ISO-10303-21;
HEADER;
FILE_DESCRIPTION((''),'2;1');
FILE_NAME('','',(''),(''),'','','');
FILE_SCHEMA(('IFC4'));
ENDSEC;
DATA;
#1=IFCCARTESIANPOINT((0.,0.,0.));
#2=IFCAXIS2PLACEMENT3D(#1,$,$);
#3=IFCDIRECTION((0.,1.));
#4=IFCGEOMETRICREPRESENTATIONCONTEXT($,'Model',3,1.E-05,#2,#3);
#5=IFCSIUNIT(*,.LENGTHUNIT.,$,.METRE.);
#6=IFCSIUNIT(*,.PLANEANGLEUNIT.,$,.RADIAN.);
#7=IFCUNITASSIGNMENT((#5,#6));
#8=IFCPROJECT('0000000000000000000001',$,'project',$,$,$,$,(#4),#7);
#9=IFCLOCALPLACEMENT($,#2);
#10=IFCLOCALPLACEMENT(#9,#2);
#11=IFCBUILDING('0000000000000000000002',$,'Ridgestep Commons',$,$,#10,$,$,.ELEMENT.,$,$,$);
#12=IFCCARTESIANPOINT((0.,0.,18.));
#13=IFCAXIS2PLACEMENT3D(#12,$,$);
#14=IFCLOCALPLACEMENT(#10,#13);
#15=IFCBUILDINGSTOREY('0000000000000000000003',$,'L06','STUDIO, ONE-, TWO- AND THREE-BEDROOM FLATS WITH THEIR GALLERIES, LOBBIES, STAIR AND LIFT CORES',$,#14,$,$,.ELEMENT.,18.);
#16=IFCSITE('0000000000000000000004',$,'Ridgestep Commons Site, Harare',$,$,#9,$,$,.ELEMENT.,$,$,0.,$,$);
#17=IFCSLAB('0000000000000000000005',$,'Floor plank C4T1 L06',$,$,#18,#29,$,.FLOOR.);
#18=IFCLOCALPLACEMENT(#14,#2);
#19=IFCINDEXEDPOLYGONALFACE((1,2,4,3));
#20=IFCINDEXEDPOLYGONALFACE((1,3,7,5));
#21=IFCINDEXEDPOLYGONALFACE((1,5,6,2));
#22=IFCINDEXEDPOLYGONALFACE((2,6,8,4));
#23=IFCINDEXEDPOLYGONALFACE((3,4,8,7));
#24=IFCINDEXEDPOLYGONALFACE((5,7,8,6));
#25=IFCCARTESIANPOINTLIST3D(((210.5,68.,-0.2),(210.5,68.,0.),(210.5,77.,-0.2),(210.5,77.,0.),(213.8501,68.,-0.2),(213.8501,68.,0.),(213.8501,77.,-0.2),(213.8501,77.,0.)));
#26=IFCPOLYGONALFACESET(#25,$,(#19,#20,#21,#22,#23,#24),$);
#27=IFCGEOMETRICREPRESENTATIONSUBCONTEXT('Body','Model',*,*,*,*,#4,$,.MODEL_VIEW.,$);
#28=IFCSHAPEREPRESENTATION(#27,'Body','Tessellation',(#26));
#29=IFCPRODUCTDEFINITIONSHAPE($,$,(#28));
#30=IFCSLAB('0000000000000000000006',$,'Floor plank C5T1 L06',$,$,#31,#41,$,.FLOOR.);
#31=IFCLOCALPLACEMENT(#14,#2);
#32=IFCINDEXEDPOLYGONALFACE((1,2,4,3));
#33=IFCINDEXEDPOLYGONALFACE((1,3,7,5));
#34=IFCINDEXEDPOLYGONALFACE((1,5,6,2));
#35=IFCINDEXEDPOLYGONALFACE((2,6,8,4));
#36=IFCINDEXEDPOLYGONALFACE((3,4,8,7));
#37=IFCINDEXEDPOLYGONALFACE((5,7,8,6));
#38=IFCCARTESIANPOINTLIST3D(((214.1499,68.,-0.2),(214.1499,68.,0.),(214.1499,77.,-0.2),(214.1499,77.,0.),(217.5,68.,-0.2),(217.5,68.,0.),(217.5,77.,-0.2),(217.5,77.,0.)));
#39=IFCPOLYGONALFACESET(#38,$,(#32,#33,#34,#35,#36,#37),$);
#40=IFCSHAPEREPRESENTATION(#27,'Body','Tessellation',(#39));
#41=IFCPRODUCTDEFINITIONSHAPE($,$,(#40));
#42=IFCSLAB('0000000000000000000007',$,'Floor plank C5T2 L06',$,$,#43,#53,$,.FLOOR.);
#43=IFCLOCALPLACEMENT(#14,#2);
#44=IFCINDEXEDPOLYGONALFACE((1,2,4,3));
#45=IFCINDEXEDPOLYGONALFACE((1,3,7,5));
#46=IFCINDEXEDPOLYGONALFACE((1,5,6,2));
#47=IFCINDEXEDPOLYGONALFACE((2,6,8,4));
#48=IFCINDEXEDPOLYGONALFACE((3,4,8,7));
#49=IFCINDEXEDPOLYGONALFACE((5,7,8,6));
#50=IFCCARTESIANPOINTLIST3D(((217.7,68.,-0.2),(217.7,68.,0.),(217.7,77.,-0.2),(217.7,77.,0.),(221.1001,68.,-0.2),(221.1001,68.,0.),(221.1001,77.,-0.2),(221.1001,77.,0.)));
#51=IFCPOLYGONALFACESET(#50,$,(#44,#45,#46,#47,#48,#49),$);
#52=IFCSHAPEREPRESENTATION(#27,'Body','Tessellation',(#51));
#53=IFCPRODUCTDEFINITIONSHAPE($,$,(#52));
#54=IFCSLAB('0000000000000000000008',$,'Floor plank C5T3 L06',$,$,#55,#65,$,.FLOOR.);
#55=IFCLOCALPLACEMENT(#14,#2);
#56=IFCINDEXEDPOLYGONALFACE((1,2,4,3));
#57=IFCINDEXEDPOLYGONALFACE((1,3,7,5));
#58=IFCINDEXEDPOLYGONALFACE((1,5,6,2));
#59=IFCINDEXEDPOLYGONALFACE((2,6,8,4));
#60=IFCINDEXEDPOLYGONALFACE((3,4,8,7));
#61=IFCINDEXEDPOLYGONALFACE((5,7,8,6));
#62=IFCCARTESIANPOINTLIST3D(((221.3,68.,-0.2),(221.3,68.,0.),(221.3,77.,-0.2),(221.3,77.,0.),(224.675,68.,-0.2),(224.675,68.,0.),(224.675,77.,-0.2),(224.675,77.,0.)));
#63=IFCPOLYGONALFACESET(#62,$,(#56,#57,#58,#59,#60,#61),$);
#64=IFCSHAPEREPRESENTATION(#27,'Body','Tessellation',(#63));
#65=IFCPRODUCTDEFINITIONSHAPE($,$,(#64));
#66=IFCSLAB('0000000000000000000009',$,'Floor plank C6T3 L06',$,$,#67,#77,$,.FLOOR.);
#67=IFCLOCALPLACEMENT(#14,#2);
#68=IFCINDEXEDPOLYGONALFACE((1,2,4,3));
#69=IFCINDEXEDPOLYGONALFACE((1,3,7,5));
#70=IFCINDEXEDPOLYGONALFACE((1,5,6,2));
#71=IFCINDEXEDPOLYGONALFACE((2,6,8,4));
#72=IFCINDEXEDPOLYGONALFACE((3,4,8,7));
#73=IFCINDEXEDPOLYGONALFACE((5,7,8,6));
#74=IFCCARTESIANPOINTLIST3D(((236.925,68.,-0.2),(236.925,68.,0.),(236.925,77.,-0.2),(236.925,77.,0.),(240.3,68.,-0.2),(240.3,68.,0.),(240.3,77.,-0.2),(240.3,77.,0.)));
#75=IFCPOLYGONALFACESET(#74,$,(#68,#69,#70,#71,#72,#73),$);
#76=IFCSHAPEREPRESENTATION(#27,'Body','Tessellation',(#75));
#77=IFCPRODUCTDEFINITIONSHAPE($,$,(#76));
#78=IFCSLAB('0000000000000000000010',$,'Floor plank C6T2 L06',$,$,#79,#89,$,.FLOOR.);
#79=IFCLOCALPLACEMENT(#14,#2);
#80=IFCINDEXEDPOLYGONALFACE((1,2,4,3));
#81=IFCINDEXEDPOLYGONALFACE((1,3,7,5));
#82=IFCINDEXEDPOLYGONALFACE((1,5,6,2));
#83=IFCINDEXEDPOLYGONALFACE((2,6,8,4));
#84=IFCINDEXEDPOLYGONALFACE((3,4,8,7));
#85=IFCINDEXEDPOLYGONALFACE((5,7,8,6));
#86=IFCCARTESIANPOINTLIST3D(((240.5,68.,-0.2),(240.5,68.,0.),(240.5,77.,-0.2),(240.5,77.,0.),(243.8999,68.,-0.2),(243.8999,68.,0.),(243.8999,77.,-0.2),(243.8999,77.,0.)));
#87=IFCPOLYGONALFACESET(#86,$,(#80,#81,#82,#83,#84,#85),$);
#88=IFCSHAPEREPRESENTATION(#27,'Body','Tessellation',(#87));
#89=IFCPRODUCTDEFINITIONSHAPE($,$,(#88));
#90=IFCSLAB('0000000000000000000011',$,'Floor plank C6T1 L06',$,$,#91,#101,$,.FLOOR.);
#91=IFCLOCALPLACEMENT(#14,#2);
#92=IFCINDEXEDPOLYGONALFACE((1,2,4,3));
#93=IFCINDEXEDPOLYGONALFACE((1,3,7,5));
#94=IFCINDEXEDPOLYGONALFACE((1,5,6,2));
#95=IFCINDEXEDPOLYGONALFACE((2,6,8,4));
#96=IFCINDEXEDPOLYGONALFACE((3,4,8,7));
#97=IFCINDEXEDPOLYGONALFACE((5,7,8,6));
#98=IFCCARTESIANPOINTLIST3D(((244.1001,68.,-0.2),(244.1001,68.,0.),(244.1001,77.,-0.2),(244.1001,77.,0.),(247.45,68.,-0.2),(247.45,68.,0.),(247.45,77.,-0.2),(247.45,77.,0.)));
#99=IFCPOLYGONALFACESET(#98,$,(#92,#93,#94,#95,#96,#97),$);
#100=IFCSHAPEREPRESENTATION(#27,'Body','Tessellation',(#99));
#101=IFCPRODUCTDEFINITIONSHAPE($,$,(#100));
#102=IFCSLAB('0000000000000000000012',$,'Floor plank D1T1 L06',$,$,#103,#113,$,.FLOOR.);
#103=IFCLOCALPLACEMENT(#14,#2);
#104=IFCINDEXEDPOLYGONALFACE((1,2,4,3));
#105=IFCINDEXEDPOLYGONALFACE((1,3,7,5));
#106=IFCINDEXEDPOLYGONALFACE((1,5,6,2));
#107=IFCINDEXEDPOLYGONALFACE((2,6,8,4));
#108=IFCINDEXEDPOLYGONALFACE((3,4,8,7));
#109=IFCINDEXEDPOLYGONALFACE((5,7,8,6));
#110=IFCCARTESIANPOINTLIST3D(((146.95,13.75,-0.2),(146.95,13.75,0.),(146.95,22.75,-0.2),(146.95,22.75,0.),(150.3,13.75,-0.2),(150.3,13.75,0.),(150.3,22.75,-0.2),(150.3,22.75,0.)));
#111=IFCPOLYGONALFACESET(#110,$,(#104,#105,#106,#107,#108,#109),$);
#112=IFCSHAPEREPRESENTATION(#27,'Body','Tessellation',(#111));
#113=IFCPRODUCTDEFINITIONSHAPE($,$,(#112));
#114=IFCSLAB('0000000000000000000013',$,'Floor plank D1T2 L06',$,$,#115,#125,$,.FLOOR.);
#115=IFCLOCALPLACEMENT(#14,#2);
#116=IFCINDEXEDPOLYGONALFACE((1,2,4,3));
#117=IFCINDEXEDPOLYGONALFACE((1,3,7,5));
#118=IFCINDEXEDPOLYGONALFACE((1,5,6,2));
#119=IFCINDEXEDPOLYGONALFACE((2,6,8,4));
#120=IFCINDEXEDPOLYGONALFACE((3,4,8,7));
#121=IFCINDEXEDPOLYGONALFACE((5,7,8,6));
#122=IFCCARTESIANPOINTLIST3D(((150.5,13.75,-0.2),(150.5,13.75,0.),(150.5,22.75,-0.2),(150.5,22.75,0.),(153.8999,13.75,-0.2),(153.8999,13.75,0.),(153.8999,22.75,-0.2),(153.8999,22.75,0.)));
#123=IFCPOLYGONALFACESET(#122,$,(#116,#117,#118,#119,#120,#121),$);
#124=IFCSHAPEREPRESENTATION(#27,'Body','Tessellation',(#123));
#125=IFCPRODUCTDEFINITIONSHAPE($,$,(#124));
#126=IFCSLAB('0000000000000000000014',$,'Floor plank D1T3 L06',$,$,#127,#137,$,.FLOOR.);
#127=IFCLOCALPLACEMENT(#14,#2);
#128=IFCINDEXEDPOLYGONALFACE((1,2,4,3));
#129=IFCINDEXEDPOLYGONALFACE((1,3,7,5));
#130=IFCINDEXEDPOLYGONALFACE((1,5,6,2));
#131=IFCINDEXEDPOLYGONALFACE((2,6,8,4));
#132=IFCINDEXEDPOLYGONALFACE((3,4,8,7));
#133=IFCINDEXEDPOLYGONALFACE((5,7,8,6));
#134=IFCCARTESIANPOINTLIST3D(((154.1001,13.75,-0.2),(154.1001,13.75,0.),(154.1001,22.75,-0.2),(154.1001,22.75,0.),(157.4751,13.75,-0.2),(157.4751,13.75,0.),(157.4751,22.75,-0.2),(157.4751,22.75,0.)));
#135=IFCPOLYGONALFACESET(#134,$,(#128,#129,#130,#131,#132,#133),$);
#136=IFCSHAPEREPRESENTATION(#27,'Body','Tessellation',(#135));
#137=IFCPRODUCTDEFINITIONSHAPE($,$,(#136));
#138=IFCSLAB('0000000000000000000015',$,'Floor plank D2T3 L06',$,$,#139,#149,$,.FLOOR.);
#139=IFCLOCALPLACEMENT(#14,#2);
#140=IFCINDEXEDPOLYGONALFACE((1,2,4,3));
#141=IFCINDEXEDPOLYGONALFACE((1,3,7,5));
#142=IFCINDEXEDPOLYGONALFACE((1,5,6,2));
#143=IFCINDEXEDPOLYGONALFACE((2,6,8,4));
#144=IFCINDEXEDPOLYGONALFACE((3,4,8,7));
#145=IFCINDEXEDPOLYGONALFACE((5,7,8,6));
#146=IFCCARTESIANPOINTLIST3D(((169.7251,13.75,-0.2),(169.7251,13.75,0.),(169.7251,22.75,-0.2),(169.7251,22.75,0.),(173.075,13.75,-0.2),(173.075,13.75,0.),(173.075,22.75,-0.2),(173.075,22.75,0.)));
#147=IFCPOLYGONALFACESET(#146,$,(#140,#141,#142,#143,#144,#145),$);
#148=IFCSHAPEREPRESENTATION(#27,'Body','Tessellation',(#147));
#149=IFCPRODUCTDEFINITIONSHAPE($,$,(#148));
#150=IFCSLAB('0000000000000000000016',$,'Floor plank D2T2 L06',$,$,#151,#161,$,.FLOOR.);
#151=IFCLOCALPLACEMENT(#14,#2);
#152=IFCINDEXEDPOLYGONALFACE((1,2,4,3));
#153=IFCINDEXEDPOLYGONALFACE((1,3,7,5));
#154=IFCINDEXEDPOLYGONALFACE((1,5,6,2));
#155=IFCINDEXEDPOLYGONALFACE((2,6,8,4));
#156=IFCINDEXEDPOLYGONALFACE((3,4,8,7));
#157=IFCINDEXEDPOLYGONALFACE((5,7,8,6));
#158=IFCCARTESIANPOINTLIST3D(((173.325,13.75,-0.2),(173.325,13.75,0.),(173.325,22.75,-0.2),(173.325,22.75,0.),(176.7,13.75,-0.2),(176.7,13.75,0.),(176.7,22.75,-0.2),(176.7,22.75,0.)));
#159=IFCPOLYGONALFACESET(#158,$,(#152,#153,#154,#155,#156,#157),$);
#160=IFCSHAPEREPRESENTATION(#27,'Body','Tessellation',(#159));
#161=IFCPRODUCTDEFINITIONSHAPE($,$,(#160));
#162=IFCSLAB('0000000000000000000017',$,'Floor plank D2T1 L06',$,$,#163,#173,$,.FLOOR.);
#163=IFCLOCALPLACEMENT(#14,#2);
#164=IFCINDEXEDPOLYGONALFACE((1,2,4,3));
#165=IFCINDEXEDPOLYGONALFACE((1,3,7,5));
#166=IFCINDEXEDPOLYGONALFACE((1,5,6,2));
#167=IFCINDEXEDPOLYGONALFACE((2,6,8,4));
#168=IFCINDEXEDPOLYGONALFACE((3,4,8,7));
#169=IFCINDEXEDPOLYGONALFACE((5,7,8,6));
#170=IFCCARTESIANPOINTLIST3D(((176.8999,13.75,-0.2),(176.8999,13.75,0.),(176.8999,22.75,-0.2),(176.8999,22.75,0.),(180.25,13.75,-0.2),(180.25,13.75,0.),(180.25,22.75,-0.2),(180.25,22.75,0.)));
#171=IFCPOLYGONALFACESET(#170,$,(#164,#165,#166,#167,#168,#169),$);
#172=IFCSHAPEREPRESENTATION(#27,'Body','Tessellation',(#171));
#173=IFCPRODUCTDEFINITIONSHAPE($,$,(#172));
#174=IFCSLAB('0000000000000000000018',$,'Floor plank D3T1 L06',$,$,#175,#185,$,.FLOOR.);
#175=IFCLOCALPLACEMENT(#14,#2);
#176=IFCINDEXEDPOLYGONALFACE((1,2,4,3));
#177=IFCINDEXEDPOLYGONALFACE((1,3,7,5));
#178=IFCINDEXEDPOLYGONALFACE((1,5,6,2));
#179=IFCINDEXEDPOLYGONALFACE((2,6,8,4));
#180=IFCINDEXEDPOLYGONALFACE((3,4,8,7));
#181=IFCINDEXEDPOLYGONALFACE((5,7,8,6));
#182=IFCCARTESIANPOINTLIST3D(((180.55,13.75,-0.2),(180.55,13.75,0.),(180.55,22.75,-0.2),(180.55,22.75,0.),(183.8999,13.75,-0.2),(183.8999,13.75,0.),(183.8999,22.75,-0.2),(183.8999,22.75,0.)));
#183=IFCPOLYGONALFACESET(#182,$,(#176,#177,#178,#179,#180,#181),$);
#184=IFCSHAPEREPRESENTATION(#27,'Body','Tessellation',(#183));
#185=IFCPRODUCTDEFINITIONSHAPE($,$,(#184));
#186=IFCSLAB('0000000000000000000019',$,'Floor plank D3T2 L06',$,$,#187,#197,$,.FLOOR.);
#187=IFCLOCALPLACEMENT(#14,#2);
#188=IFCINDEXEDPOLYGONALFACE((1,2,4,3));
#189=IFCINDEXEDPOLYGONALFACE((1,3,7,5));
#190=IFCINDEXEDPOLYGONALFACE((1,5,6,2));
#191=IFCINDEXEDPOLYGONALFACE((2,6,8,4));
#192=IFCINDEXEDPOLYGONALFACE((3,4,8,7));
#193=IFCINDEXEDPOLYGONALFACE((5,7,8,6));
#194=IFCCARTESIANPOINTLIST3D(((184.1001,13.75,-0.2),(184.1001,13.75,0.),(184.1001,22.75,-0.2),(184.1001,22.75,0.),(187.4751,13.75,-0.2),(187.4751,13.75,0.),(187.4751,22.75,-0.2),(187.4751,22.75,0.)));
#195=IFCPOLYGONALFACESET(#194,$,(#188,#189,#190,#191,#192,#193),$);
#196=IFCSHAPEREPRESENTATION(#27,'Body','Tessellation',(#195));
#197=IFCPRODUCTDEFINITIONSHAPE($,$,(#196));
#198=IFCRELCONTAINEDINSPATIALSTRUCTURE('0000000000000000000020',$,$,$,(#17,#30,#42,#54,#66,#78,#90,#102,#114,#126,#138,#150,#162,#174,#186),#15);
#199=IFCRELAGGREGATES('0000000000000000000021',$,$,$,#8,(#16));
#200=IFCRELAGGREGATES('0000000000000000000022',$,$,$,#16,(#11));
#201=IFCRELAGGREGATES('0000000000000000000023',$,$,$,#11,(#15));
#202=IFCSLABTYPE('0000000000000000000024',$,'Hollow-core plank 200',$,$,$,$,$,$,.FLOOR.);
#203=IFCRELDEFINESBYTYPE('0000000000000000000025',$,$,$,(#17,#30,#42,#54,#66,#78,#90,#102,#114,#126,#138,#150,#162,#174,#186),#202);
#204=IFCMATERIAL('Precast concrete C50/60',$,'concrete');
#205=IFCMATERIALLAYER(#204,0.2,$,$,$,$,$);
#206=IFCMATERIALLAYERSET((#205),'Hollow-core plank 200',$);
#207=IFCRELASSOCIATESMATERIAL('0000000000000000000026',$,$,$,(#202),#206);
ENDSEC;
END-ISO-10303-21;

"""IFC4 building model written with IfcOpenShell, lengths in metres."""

from ifc_helpers import new_model, si_unit, direction, frame, origin, place, context, subcontext, project, spatial, polyline, outline, extrude, material, layer, layer_set, type_object, element, save


model = new_model("IFC4")

# Units and contexts
model_context = context("Model", 3, precision=1e-05, world=origin(), true_north=direction((0.0, 1.0)))
body_context = subcontext(model_context, "Body", "Model", "MODEL_VIEW")
ifc_project = project(units=[si_unit("LENGTHUNIT", "METRE"), si_unit("PLANEANGLEUNIT", "RADIAN")], contexts=[model_context])

# Site, building, storey
site_placement = place(None, origin())
site = spatial("IfcSite", under=ifc_project, at=site_placement, Name="Ridgestep Commons Site, Harare", CompositionType="ELEMENT", RefElevation=0.0)
building_placement = place(site_placement, origin())
building = spatial("IfcBuilding", under=site, at=building_placement, Name="Ridgestep Commons", CompositionType="ELEMENT")
storey_placement = place(building_placement, frame((0.0, 0.0, 18.0)))
storey = spatial("IfcBuildingStorey", under=building, at=storey_placement, Name="L06", Description="STUDIO, ONE-, TWO- AND THREE-BEDROOM FLATS WITH THEIR GALLERIES, LOBBIES, STAIR AND LIFT CORES", CompositionType="ELEMENT", Elevation=18.0)

# Slabs
ifc_material_1 = material(Name="Precast concrete C50/60", Category="concrete")
ifc_layer_1 = layer(ifc_material_1, 0.2)
ifc_layer_set_1 = layer_set([ifc_layer_1], Name="Hollow-core plank 200")
slab_type_1 = type_object("IfcSlabType", Name="Hollow-core plank 200", PredefinedType="FLOOR", material=ifc_layer_set_1)
slab_1_placement = place(storey_placement, frame((0.0, 0.0, -0.2)))
element("IfcSlab", 1, at=slab_1_placement, inside=storey, type_object=slab_type_1, Name="Floor plank C4T1 L06", PredefinedType="FLOOR", context=body_context, shape_type="SweptSolid", body=[
    extrude(outline(polyline([(213.8501, 68.0), (213.8501, 77.0), (210.5, 77.0), (210.5, 68.0), (213.8501, 68.0)])), origin(), (0.0, 0.0, 1.0), 0.2),
])
slab_2_placement = place(storey_placement, frame((0.0, 0.0, -0.2)))
element("IfcSlab", 2, at=slab_2_placement, inside=storey, type_object=slab_type_1, Name="Floor plank C5T1 L06", PredefinedType="FLOOR", context=body_context, shape_type="SweptSolid", body=[
    extrude(outline(polyline([(217.5, 68.0), (217.5, 77.0), (214.1499, 77.0), (214.1499, 68.0), (217.5, 68.0)])), origin(), (0.0, 0.0, 1.0), 0.2),
])
slab_3_placement = place(storey_placement, frame((0.0, 0.0, -0.2)))
element("IfcSlab", 3, at=slab_3_placement, inside=storey, type_object=slab_type_1, Name="Floor plank C5T2 L06", PredefinedType="FLOOR", context=body_context, shape_type="SweptSolid", body=[
    extrude(outline(polyline([(221.1001, 68.0), (221.1001, 77.0), (217.7, 77.0), (217.7, 68.0), (221.1001, 68.0)])), origin(), (0.0, 0.0, 1.0), 0.2),
])
slab_4_placement = place(storey_placement, frame((0.0, 0.0, -0.2)))
element("IfcSlab", 4, at=slab_4_placement, inside=storey, type_object=slab_type_1, Name="Floor plank C5T3 L06", PredefinedType="FLOOR", context=body_context, shape_type="SweptSolid", body=[
    extrude(outline(polyline([(224.675, 68.0), (224.675, 77.0), (221.3, 77.0), (221.3, 68.0), (224.675, 68.0)])), origin(), (0.0, 0.0, 1.0), 0.2),
])
slab_5_placement = place(storey_placement, frame((0.0, 0.0, -0.2)))
element("IfcSlab", 5, at=slab_5_placement, inside=storey, type_object=slab_type_1, Name="Floor plank C6T3 L06", PredefinedType="FLOOR", context=body_context, shape_type="SweptSolid", body=[
    extrude(outline(polyline([(240.3, 68.0), (240.3, 77.0), (236.925, 77.0), (236.925, 68.0), (240.3, 68.0)])), origin(), (0.0, 0.0, 1.0), 0.2),
])
slab_6_placement = place(storey_placement, frame((0.0, 0.0, -0.2)))
element("IfcSlab", 6, at=slab_6_placement, inside=storey, type_object=slab_type_1, Name="Floor plank C6T2 L06", PredefinedType="FLOOR", context=body_context, shape_type="SweptSolid", body=[
    extrude(outline(polyline([(243.8999, 68.0), (243.8999, 77.0), (240.5, 77.0), (240.5, 68.0), (243.8999, 68.0)])), origin(), (0.0, 0.0, 1.0), 0.2),
])
slab_7_placement = place(storey_placement, frame((0.0, 0.0, -0.2)))
element("IfcSlab", 7, at=slab_7_placement, inside=storey, type_object=slab_type_1, Name="Floor plank C6T1 L06", PredefinedType="FLOOR", context=body_context, shape_type="SweptSolid", body=[
    extrude(outline(polyline([(247.45, 68.0), (247.45, 77.0), (244.1001, 77.0), (244.1001, 68.0), (247.45, 68.0)])), origin(), (0.0, 0.0, 1.0), 0.2),
])
slab_8_placement = place(storey_placement, frame((0.0, 0.0, -0.2)))
element("IfcSlab", 8, at=slab_8_placement, inside=storey, type_object=slab_type_1, Name="Floor plank D1T1 L06", PredefinedType="FLOOR", context=body_context, shape_type="SweptSolid", body=[
    extrude(outline(polyline([(150.3, 13.75), (150.3, 22.75), (146.95, 22.75), (146.95, 13.75), (150.3, 13.75)])), origin(), (0.0, 0.0, 1.0), 0.2),
])
slab_9_placement = place(storey_placement, frame((0.0, 0.0, -0.2)))
element("IfcSlab", 9, at=slab_9_placement, inside=storey, type_object=slab_type_1, Name="Floor plank D1T2 L06", PredefinedType="FLOOR", context=body_context, shape_type="SweptSolid", body=[
    extrude(outline(polyline([(153.8999, 13.75), (153.8999, 22.75), (150.5, 22.75), (150.5, 13.75), (153.8999, 13.75)])), origin(), (0.0, 0.0, 1.0), 0.2),
])
slab_10_placement = place(storey_placement, frame((0.0, 0.0, -0.2)))
element("IfcSlab", 10, at=slab_10_placement, inside=storey, type_object=slab_type_1, Name="Floor plank D1T3 L06", PredefinedType="FLOOR", context=body_context, shape_type="SweptSolid", body=[
    extrude(outline(polyline([(157.4751, 13.75), (157.4751, 22.75), (154.1001, 22.75), (154.1001, 13.75), (157.4751, 13.75)])), origin(), (0.0, 0.0, 1.0), 0.2),
])
slab_11_placement = place(storey_placement, frame((0.0, 0.0, -0.2)))
element("IfcSlab", 11, at=slab_11_placement, inside=storey, type_object=slab_type_1, Name="Floor plank D2T3 L06", PredefinedType="FLOOR", context=body_context, shape_type="SweptSolid", body=[
    extrude(outline(polyline([(173.075, 13.75), (173.075, 22.75), (169.7251, 22.75), (169.7251, 13.75), (173.075, 13.75)])), origin(), (0.0, 0.0, 1.0), 0.2),
])
slab_12_placement = place(storey_placement, frame((0.0, 0.0, -0.2)))
element("IfcSlab", 12, at=slab_12_placement, inside=storey, type_object=slab_type_1, Name="Floor plank D2T2 L06", PredefinedType="FLOOR", context=body_context, shape_type="SweptSolid", body=[
    extrude(outline(polyline([(176.7, 13.75), (176.7, 22.75), (173.325, 22.75), (173.325, 13.75), (176.7, 13.75)])), origin(), (0.0, 0.0, 1.0), 0.2),
])
slab_13_placement = place(storey_placement, frame((0.0, 0.0, -0.2)))
element("IfcSlab", 13, at=slab_13_placement, inside=storey, type_object=slab_type_1, Name="Floor plank D2T1 L06", PredefinedType="FLOOR", context=body_context, shape_type="SweptSolid", body=[
    extrude(outline(polyline([(180.25, 13.75), (180.25, 22.75), (176.8999, 22.75), (176.8999, 13.75), (180.25, 13.75)])), origin(), (0.0, 0.0, 1.0), 0.2),
])
slab_14_placement = place(storey_placement, frame((0.0, 0.0, -0.2)))
element("IfcSlab", 14, at=slab_14_placement, inside=storey, type_object=slab_type_1, Name="Floor plank D3T1 L06", PredefinedType="FLOOR", context=body_context, shape_type="SweptSolid", body=[
    extrude(outline(polyline([(183.8999, 13.75), (183.8999, 22.75), (180.55, 22.75), (180.55, 13.75), (183.8999, 13.75)])), origin(), (0.0, 0.0, 1.0), 0.2),
])
slab_15_placement = place(storey_placement, frame((0.0, 0.0, -0.2)))
element("IfcSlab", 15, at=slab_15_placement, inside=storey, type_object=slab_type_1, Name="Floor plank D3T2 L06", PredefinedType="FLOOR", context=body_context, shape_type="SweptSolid", body=[
    extrude(outline(polyline([(187.4751, 13.75), (187.4751, 22.75), (184.1001, 22.75), (184.1001, 13.75), (187.4751, 13.75)])), origin(), (0.0, 0.0, 1.0), 0.2),
])

save(model, "model.ifc")
